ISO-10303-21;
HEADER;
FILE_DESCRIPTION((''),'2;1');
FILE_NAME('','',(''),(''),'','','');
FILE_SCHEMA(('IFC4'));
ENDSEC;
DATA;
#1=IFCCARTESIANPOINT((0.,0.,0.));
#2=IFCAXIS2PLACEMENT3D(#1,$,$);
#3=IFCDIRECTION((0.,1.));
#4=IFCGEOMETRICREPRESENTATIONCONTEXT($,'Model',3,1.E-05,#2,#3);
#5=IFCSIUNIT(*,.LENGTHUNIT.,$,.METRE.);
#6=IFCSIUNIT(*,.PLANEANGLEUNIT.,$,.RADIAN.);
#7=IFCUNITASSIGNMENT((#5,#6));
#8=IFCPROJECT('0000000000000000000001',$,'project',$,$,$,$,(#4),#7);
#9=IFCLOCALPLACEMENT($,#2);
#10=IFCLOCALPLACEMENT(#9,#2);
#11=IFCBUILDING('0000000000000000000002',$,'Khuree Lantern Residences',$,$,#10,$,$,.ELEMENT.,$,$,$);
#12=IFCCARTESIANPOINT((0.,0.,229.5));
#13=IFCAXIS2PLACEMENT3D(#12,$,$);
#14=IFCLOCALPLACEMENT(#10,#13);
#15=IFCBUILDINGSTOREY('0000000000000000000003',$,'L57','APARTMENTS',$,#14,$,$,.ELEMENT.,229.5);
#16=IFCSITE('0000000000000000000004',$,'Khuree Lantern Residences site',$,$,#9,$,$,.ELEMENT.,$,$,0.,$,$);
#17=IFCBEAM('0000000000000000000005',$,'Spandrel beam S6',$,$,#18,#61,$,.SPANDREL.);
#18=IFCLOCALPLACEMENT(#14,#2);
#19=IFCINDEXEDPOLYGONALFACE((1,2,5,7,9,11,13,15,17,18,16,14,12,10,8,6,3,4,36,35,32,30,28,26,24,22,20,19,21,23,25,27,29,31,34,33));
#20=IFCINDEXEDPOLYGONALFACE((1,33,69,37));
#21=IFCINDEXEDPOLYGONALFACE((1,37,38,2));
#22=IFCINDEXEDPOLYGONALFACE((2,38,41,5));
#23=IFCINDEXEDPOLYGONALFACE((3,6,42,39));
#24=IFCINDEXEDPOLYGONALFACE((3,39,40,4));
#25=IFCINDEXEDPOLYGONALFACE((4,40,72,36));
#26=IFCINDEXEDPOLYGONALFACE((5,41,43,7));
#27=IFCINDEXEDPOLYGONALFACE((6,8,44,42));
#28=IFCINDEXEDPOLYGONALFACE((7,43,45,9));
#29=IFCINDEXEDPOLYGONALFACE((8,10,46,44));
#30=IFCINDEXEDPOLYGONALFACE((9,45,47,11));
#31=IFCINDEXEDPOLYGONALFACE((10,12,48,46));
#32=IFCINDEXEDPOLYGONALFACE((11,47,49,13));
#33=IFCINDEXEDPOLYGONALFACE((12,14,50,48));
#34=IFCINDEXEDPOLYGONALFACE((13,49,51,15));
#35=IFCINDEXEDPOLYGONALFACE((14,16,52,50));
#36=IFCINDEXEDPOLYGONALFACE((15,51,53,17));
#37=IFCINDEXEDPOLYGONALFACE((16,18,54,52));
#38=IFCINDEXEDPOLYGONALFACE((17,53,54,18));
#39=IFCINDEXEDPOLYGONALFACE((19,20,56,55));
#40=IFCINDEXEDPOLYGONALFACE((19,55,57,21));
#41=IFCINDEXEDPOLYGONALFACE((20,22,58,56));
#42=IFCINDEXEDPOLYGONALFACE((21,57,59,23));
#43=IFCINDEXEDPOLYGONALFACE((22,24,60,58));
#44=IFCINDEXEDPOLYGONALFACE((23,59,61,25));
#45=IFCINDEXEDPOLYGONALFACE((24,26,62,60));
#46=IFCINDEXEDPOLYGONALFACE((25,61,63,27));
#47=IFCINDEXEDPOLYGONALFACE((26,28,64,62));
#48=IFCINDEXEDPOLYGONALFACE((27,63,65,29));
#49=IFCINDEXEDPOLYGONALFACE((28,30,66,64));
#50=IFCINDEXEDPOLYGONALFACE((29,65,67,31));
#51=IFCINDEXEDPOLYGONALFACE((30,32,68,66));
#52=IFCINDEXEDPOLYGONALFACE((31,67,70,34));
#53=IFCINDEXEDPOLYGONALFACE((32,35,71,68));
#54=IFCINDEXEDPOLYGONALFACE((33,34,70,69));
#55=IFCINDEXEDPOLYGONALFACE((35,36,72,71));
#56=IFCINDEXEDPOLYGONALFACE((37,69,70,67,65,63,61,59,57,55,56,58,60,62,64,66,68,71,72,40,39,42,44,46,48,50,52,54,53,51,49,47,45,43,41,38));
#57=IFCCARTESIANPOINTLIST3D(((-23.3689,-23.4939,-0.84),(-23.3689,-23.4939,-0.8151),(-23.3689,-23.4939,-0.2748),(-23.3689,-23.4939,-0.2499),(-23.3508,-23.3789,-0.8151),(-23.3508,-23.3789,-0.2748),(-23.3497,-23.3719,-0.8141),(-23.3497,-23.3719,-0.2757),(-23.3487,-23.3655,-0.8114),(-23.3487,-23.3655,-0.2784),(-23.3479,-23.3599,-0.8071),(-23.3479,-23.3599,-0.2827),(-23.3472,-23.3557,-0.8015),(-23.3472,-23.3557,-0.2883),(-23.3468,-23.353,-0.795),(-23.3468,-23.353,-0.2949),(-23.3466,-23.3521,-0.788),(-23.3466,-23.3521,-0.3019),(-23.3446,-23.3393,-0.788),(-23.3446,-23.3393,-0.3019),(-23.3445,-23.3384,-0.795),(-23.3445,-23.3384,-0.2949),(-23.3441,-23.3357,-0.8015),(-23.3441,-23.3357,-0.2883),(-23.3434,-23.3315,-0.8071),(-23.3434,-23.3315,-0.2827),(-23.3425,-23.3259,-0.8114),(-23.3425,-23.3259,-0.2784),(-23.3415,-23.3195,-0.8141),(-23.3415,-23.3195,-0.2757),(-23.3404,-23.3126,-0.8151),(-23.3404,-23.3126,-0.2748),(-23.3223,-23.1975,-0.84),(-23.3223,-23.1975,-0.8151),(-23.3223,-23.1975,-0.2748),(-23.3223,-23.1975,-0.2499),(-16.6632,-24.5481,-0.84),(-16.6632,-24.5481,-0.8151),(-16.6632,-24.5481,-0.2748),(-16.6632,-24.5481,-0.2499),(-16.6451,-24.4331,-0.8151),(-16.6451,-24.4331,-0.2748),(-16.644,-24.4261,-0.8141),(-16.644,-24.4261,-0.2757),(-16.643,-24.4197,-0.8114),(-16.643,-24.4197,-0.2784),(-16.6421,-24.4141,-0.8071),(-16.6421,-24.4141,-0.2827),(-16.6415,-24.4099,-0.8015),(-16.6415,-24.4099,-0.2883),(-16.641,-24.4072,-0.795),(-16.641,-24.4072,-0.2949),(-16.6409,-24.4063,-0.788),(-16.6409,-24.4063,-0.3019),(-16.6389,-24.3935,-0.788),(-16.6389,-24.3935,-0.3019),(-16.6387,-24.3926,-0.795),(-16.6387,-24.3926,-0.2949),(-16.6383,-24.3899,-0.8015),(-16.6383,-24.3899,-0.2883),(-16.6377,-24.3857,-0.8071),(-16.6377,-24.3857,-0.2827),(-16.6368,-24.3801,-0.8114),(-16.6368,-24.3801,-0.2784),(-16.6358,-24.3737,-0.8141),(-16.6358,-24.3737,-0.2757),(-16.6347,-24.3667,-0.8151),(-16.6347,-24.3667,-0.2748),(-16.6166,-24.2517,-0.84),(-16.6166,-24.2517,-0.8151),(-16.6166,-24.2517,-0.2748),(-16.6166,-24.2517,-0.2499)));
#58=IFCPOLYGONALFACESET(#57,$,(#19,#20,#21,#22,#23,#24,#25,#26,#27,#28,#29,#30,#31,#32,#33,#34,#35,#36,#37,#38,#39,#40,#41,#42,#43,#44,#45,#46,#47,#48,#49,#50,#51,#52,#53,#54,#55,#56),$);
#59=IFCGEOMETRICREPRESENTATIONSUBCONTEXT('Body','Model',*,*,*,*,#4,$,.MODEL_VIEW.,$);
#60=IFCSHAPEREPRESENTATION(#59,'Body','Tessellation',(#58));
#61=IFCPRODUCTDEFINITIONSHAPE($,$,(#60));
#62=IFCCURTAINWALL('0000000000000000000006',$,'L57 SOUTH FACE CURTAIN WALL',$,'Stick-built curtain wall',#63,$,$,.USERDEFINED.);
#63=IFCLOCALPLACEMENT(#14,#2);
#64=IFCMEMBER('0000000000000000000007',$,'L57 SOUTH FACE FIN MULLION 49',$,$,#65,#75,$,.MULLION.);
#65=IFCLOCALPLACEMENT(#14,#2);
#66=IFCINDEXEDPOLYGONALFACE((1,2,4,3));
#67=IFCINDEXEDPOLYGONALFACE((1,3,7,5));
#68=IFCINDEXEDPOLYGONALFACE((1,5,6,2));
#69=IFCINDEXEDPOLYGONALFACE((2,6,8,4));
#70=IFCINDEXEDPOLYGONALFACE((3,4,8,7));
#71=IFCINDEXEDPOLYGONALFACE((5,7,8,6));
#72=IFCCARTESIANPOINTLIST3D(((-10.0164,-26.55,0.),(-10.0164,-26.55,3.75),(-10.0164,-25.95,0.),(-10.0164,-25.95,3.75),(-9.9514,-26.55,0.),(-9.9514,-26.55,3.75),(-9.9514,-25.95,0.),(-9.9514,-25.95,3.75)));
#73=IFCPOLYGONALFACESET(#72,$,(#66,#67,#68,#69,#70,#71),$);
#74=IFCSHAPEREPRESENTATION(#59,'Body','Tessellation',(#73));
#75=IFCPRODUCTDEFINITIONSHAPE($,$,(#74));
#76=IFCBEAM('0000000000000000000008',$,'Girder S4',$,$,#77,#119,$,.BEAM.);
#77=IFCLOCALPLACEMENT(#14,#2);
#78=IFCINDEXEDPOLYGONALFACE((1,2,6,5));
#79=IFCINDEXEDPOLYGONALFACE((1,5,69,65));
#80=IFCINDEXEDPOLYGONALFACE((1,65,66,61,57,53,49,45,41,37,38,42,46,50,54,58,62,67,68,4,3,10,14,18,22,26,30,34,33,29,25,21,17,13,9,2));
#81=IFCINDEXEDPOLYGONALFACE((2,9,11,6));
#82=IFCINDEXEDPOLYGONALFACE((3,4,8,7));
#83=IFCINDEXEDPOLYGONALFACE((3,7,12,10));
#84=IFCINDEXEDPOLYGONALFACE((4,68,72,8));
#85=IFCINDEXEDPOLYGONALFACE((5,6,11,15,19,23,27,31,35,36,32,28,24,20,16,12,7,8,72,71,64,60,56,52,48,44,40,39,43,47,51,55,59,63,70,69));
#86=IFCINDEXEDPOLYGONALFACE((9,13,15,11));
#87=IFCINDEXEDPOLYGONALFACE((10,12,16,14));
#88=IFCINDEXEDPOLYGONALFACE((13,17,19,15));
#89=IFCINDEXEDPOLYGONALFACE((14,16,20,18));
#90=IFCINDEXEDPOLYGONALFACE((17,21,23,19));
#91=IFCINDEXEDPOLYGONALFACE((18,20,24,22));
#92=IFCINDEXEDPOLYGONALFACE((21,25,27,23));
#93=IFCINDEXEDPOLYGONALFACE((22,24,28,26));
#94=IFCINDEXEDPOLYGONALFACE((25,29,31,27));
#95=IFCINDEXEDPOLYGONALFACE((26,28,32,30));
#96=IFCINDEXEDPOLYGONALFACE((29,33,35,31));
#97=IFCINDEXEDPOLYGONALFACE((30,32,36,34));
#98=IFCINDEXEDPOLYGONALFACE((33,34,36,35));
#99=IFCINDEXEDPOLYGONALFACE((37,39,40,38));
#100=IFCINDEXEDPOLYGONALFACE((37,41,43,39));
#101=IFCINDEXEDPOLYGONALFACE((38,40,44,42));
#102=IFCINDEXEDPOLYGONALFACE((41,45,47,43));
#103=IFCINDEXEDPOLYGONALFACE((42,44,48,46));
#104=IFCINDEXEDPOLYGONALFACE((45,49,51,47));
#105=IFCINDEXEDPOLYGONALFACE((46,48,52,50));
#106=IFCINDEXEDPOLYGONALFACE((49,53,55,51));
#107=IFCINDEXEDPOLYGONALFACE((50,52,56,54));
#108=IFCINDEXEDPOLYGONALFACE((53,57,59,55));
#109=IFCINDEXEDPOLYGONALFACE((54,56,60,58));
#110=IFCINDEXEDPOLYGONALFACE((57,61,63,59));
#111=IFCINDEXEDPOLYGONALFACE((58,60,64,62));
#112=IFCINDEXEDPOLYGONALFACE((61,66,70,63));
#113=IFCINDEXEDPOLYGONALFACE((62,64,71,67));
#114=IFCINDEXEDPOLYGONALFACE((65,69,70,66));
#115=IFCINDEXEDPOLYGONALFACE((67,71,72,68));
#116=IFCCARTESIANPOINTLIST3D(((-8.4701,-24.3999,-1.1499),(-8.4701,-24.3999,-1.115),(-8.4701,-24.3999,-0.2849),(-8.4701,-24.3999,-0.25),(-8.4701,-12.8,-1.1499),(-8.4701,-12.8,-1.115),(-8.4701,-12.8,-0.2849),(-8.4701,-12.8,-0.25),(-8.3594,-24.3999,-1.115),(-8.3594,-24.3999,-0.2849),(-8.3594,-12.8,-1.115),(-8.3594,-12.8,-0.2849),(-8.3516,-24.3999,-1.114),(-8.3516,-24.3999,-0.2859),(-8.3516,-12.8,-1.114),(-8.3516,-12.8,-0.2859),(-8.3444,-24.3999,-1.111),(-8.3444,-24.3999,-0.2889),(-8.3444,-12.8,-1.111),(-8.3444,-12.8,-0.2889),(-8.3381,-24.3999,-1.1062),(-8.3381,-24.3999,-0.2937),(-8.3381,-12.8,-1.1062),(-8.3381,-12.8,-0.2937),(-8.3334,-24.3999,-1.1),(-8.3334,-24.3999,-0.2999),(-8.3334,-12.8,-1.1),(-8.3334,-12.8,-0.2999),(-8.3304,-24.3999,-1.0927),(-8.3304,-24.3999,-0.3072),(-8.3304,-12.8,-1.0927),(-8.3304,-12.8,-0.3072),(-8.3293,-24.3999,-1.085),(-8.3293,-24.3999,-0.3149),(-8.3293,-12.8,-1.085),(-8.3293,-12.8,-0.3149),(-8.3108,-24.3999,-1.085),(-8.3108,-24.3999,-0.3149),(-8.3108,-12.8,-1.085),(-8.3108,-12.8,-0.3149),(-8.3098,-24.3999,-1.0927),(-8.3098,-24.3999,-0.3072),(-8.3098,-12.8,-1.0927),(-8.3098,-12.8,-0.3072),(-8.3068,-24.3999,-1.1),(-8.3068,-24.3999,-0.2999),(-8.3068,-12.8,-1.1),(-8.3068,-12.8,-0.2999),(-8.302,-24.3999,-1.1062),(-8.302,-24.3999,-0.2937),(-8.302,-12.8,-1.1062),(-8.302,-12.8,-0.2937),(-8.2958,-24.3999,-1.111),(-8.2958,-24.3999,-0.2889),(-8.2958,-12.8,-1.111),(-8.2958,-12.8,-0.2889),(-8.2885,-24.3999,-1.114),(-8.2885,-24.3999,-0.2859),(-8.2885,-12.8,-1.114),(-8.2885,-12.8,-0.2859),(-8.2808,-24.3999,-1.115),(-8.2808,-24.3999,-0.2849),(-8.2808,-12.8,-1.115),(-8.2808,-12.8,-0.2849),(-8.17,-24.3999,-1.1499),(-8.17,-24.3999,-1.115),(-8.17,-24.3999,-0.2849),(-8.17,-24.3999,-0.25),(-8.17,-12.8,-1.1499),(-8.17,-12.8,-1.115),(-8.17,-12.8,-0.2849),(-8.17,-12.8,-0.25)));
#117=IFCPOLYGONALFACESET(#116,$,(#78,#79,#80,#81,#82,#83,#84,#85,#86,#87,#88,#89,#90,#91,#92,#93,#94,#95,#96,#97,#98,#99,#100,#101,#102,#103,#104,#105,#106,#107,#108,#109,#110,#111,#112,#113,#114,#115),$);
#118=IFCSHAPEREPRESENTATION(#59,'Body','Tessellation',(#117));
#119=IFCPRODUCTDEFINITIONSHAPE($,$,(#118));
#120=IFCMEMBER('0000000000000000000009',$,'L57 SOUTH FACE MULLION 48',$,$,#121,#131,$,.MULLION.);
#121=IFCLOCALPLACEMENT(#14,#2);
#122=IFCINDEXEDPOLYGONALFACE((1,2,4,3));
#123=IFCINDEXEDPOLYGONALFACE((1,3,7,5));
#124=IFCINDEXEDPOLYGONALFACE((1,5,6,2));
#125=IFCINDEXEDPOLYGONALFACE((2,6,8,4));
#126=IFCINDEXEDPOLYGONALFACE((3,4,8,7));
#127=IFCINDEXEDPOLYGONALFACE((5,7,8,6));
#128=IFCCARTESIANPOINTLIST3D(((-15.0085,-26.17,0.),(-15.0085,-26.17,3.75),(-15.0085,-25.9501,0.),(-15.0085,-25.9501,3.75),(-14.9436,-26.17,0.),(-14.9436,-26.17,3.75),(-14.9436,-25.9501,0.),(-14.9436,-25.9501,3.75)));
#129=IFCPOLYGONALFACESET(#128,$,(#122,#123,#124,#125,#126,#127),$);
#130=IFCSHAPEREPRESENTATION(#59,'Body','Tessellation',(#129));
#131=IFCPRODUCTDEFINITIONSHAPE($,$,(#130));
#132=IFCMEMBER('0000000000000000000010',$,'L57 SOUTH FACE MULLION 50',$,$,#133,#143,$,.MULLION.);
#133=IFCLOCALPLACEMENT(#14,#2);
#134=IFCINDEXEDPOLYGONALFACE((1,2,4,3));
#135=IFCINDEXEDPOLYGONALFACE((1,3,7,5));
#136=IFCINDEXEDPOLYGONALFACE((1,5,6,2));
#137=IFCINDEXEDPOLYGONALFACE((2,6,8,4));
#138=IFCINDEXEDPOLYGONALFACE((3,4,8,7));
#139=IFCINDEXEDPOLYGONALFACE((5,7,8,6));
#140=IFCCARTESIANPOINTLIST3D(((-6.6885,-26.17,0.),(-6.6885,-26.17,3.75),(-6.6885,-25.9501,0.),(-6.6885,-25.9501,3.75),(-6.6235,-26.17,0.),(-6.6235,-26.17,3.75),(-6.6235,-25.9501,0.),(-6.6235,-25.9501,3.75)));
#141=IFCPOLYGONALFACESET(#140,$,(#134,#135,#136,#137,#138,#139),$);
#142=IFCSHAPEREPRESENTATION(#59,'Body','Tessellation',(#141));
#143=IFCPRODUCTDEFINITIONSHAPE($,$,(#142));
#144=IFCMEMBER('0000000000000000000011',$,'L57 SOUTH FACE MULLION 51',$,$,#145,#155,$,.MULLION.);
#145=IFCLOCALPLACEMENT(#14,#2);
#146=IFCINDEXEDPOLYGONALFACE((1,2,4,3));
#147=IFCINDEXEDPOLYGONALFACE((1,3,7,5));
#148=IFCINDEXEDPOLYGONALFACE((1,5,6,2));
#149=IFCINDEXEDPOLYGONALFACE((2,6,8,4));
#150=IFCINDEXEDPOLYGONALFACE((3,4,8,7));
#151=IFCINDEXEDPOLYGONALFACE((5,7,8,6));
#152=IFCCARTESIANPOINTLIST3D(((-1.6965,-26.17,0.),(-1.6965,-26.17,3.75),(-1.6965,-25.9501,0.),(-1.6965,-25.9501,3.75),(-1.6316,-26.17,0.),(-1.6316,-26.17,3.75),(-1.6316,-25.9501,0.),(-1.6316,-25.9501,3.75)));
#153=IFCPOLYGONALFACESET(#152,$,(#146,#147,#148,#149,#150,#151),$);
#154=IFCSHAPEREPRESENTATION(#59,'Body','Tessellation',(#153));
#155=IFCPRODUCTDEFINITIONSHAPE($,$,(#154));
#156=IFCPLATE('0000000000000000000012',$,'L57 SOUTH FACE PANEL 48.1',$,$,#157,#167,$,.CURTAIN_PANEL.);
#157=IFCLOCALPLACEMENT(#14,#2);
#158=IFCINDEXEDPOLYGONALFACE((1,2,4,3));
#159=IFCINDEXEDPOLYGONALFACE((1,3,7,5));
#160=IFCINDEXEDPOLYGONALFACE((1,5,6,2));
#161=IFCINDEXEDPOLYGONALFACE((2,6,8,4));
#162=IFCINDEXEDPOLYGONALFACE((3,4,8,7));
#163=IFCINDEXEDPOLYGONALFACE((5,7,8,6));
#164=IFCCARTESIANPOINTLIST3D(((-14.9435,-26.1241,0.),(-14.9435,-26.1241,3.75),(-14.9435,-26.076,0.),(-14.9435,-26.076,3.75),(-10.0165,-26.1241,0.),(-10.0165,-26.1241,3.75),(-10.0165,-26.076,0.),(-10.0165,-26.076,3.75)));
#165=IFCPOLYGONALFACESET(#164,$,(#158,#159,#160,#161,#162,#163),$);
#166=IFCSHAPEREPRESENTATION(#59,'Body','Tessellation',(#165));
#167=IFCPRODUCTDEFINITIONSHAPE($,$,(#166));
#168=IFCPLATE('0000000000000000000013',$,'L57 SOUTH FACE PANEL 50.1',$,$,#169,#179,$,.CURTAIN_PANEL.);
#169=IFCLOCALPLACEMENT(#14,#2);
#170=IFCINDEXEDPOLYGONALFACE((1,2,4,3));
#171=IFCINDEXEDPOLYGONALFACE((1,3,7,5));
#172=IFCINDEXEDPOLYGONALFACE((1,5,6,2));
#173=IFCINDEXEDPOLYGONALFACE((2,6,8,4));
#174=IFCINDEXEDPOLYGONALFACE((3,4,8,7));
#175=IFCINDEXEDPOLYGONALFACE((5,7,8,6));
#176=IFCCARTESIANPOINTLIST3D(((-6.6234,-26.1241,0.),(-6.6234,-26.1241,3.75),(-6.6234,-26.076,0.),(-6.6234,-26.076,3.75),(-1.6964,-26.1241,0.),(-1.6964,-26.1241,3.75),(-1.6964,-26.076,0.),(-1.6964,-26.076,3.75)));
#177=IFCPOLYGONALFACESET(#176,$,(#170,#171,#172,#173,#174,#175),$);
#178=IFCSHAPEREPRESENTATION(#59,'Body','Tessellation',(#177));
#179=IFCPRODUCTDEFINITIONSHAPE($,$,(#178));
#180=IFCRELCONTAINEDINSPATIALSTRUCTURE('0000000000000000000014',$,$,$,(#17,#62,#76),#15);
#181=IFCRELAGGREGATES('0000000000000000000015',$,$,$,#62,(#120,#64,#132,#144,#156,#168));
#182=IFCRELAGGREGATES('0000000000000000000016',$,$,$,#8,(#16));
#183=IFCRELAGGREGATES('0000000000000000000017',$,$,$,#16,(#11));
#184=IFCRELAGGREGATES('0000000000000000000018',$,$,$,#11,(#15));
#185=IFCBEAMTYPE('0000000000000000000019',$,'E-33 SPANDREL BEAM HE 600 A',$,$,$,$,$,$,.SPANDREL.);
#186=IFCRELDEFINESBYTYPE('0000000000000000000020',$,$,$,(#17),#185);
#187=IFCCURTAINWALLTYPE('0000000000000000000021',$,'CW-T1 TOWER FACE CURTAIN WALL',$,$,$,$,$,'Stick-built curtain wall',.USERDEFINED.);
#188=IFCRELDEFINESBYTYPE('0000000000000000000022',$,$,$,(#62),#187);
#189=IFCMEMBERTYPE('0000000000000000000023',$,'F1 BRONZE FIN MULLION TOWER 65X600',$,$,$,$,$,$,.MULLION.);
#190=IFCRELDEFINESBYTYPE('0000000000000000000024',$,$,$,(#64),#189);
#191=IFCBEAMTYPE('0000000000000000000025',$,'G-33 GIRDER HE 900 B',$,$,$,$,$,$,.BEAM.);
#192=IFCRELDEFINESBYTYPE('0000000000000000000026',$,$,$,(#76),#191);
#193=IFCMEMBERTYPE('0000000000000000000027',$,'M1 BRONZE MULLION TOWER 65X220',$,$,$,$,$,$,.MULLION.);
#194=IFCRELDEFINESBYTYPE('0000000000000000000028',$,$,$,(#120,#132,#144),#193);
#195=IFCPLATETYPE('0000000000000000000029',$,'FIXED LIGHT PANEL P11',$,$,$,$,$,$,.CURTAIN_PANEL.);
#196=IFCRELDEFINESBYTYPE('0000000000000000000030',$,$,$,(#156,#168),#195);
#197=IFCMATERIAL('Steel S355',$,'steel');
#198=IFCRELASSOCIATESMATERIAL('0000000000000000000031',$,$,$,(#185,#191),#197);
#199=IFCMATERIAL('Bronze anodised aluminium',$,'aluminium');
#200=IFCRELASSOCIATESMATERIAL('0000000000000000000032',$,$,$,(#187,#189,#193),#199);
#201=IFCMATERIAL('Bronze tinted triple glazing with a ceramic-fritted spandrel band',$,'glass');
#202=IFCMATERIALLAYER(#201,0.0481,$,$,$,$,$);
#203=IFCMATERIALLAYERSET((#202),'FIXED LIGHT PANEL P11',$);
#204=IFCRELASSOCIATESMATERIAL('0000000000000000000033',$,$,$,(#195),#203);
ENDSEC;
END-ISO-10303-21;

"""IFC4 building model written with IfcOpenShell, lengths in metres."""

from ifc_helpers import new_model, si_unit, direction, frame, origin, origin_2d, place, context, subcontext, project, spatial, rectangle, i_section, extrude, material, layer, layer_set, material_profile, profile_set, type_object, element, aggregate, save


model = new_model("IFC4")

# Units and contexts
model_context = context("Model", 3, precision=1e-05, world=origin(), true_north=direction((0.0, 1.0)))
body_context = subcontext(model_context, "Body", "Model", "MODEL_VIEW")
ifc_project = project(units=[si_unit("LENGTHUNIT", "METRE"), si_unit("PLANEANGLEUNIT", "RADIAN")], contexts=[model_context])

# Site, building, storey
site_placement = place(None, origin())
site = spatial("IfcSite", under=ifc_project, at=site_placement, Name="Khuree Lantern Residences site", CompositionType="ELEMENT", RefElevation=0.0)
building_placement = place(site_placement, origin())
building = spatial("IfcBuilding", under=site, at=building_placement, Name="Khuree Lantern Residences", CompositionType="ELEMENT")
storey_placement = place(building_placement, frame((0.0, 0.0, 229.5)))
storey = spatial("IfcBuildingStorey", under=building, at=storey_placement, Name="L57", Description="APARTMENTS", CompositionType="ELEMENT", Elevation=229.5)

# Beam
ifc_material_1 = material(Name="Steel S355", Category="steel")
ifc_material_profile_1 = material_profile(ifc_material_1, i_section(OverallWidth=0.3, OverallDepth=0.5901, WebThickness=0.0129, FlangeThickness=0.0249, FilletRadius=0.0271, at=origin_2d()), Name="HE 600 A")
ifc_profile_set_1 = profile_set([ifc_material_profile_1], Name="Steel S355")
beam_type_1 = type_object("IfcBeamType", Name="E-33 SPANDREL BEAM HE 600 A", PredefinedType="SPANDREL", material=ifc_profile_set_1)
beam_1_placement = place(storey_placement, frame((-16.6399, -24.3999, -0.5449), z_axis=(-0.987867, 0.1553, 0.0), x_axis=(-0.1553, -0.987867, 0.0)))
element("IfcBeam", 1, at=beam_1_placement, inside=storey, type_object=beam_type_1, Name="Spandrel beam S6", PredefinedType="SPANDREL", context=body_context, shape_type="SweptSolid", body=[
    extrude(i_section(OverallWidth=0.3, OverallDepth=0.5901, WebThickness=0.0129, FlangeThickness=0.0249, FilletRadius=0.0271, at=origin_2d()), origin(), (0.0, 0.0, 1.0), 6.7881),
])

# Curtain wall, member
ifc_material_2 = material(Name="Bronze anodised aluminium", Category="aluminium")
curtain_wall_type = type_object("IfcCurtainWallType", Name="CW-T1 TOWER FACE CURTAIN WALL", ElementType="Stick-built curtain wall", PredefinedType="USERDEFINED", material=ifc_material_2)
curtain_wall_placement = place(storey_placement, origin())
curtain_wall = element("IfcCurtainWall", 2, at=curtain_wall_placement, inside=storey, type_object=curtain_wall_type, Name="L57 SOUTH FACE CURTAIN WALL", ObjectType="Stick-built curtain wall", PredefinedType="USERDEFINED")
ifc_material_profile_2 = material_profile(ifc_material_2, rectangle(XDim=0.0649, YDim=0.6001, at=origin_2d()), Name="F1 65X600")
ifc_profile_set_2 = profile_set([ifc_material_profile_2], Name="Bronze anodised aluminium")
member_type_1 = type_object("IfcMemberType", Name="F1 BRONZE FIN MULLION TOWER 65X600", PredefinedType="MULLION", material=ifc_profile_set_2)
member_1_placement = place(storey_placement, frame((-9.9839, -26.25, 0.0), z_axis=(0.0, 0.0, 1.0), x_axis=(1.0, 0.0, 0.0)))
member_1 = element("IfcMember", 3, at=member_1_placement, type_object=member_type_1, Name="L57 SOUTH FACE FIN MULLION 49", PredefinedType="MULLION", context=body_context, shape_type="SweptSolid", body=[
    extrude(rectangle(XDim=0.0649, YDim=0.6001, at=origin_2d()), origin(), (0.0, 0.0, 1.0), 3.75),
])

# Beam
ifc_material_profile_3 = material_profile(ifc_material_1, i_section(OverallWidth=0.3, OverallDepth=0.8999, WebThickness=0.0186, FlangeThickness=0.0349, FilletRadius=0.03, at=origin_2d()), Name="HE 900 B")
ifc_profile_set_3 = profile_set([ifc_material_profile_3], Name="Steel S355")
beam_type_2 = type_object("IfcBeamType", Name="G-33 GIRDER HE 900 B", PredefinedType="BEAM", material=ifc_profile_set_3)
beam_2_placement = place(storey_placement, frame((-8.3201, -24.3999, -0.7), z_axis=(0.0, 1.0, 0.0), x_axis=(-1.0, 0.0, 0.0)))
element("IfcBeam", 4, at=beam_2_placement, inside=storey, type_object=beam_type_2, Name="Girder S4", PredefinedType="BEAM", context=body_context, shape_type="SweptSolid", body=[
    extrude(i_section(OverallWidth=0.3, OverallDepth=0.8999, WebThickness=0.0186, FlangeThickness=0.0349, FilletRadius=0.03, at=origin_2d()), origin(), (0.0, 0.0, 1.0), 11.5999),
])

# Members
ifc_material_profile_4 = material_profile(ifc_material_2, rectangle(XDim=0.0649, YDim=0.22, at=origin_2d()), Name="M1 65X220")
ifc_profile_set_4 = profile_set([ifc_material_profile_4], Name="Bronze anodised aluminium")
member_type_2 = type_object("IfcMemberType", Name="M1 BRONZE MULLION TOWER 65X220", PredefinedType="MULLION", material=ifc_profile_set_4)
member_2_placement = place(storey_placement, frame((-14.9761, -26.0601, 0.0), z_axis=(0.0, 0.0, 1.0), x_axis=(1.0, 0.0, 0.0)))
member_2 = element("IfcMember", 5, at=member_2_placement, type_object=member_type_2, Name="L57 SOUTH FACE MULLION 48", PredefinedType="MULLION", context=body_context, shape_type="SweptSolid", body=[
    extrude(rectangle(XDim=0.0649, YDim=0.22, at=origin_2d()), origin(), (0.0, 0.0, 1.0), 3.75),
])
member_3_placement = place(storey_placement, frame((-6.656, -26.0601, 0.0), z_axis=(0.0, 0.0, 1.0), x_axis=(1.0, 0.0, 0.0)))
member_3 = element("IfcMember", 6, at=member_3_placement, type_object=member_type_2, Name="L57 SOUTH FACE MULLION 50", PredefinedType="MULLION", context=body_context, shape_type="SweptSolid", body=[
    extrude(rectangle(XDim=0.0649, YDim=0.22, at=origin_2d()), origin(), (0.0, 0.0, 1.0), 3.75),
])
member_4_placement = place(storey_placement, frame((-1.6641, -26.0601, 0.0), z_axis=(0.0, 0.0, 1.0), x_axis=(1.0, 0.0, 0.0)))
member_4 = element("IfcMember", 7, at=member_4_placement, type_object=member_type_2, Name="L57 SOUTH FACE MULLION 51", PredefinedType="MULLION", context=body_context, shape_type="SweptSolid", body=[
    extrude(rectangle(XDim=0.0649, YDim=0.22, at=origin_2d()), origin(), (0.0, 0.0, 1.0), 3.75),
])

# Plates
ifc_material_3 = material(Name="Bronze tinted triple glazing with a ceramic-fritted spandrel band", Category="glass")
ifc_layer_1 = layer(ifc_material_3, 0.0481)
ifc_layer_set_1 = layer_set([ifc_layer_1], Name="FIXED LIGHT PANEL P11")
plate_type_1 = type_object("IfcPlateType", Name="FIXED LIGHT PANEL P11", PredefinedType="CURTAIN_PANEL", material=ifc_layer_set_1)
plate_1_placement = place(storey_placement, frame((-12.48, -26.1001, 0.0), z_axis=(0.0, 0.0, 1.0), x_axis=(1.0, 0.0, 0.0)))
plate_1 = element("IfcPlate", 8, at=plate_1_placement, type_object=plate_type_1, Name="L57 SOUTH FACE PANEL 48.1", PredefinedType="CURTAIN_PANEL", context=body_context, shape_type="SweptSolid", body=[
    extrude(rectangle(XDim=4.927, YDim=0.0481, at=origin_2d()), origin(), (0.0, 0.0, 1.0), 3.75),
])
plate_2_placement = place(storey_placement, frame((-4.1599, -26.1001, 0.0), z_axis=(0.0, 0.0, 1.0), x_axis=(1.0, 0.0, 0.0)))
plate_2 = element("IfcPlate", 9, at=plate_2_placement, type_object=plate_type_1, Name="L57 SOUTH FACE PANEL 50.1", PredefinedType="CURTAIN_PANEL", context=body_context, shape_type="SweptSolid", body=[
    extrude(rectangle(XDim=4.927, YDim=0.0481, at=origin_2d()), origin(), (0.0, 0.0, 1.0), 3.75),
])
aggregate(curtain_wall, [member_2, member_1, member_3, member_4, plate_1, plate_2])

save(model, "model.ifc")
